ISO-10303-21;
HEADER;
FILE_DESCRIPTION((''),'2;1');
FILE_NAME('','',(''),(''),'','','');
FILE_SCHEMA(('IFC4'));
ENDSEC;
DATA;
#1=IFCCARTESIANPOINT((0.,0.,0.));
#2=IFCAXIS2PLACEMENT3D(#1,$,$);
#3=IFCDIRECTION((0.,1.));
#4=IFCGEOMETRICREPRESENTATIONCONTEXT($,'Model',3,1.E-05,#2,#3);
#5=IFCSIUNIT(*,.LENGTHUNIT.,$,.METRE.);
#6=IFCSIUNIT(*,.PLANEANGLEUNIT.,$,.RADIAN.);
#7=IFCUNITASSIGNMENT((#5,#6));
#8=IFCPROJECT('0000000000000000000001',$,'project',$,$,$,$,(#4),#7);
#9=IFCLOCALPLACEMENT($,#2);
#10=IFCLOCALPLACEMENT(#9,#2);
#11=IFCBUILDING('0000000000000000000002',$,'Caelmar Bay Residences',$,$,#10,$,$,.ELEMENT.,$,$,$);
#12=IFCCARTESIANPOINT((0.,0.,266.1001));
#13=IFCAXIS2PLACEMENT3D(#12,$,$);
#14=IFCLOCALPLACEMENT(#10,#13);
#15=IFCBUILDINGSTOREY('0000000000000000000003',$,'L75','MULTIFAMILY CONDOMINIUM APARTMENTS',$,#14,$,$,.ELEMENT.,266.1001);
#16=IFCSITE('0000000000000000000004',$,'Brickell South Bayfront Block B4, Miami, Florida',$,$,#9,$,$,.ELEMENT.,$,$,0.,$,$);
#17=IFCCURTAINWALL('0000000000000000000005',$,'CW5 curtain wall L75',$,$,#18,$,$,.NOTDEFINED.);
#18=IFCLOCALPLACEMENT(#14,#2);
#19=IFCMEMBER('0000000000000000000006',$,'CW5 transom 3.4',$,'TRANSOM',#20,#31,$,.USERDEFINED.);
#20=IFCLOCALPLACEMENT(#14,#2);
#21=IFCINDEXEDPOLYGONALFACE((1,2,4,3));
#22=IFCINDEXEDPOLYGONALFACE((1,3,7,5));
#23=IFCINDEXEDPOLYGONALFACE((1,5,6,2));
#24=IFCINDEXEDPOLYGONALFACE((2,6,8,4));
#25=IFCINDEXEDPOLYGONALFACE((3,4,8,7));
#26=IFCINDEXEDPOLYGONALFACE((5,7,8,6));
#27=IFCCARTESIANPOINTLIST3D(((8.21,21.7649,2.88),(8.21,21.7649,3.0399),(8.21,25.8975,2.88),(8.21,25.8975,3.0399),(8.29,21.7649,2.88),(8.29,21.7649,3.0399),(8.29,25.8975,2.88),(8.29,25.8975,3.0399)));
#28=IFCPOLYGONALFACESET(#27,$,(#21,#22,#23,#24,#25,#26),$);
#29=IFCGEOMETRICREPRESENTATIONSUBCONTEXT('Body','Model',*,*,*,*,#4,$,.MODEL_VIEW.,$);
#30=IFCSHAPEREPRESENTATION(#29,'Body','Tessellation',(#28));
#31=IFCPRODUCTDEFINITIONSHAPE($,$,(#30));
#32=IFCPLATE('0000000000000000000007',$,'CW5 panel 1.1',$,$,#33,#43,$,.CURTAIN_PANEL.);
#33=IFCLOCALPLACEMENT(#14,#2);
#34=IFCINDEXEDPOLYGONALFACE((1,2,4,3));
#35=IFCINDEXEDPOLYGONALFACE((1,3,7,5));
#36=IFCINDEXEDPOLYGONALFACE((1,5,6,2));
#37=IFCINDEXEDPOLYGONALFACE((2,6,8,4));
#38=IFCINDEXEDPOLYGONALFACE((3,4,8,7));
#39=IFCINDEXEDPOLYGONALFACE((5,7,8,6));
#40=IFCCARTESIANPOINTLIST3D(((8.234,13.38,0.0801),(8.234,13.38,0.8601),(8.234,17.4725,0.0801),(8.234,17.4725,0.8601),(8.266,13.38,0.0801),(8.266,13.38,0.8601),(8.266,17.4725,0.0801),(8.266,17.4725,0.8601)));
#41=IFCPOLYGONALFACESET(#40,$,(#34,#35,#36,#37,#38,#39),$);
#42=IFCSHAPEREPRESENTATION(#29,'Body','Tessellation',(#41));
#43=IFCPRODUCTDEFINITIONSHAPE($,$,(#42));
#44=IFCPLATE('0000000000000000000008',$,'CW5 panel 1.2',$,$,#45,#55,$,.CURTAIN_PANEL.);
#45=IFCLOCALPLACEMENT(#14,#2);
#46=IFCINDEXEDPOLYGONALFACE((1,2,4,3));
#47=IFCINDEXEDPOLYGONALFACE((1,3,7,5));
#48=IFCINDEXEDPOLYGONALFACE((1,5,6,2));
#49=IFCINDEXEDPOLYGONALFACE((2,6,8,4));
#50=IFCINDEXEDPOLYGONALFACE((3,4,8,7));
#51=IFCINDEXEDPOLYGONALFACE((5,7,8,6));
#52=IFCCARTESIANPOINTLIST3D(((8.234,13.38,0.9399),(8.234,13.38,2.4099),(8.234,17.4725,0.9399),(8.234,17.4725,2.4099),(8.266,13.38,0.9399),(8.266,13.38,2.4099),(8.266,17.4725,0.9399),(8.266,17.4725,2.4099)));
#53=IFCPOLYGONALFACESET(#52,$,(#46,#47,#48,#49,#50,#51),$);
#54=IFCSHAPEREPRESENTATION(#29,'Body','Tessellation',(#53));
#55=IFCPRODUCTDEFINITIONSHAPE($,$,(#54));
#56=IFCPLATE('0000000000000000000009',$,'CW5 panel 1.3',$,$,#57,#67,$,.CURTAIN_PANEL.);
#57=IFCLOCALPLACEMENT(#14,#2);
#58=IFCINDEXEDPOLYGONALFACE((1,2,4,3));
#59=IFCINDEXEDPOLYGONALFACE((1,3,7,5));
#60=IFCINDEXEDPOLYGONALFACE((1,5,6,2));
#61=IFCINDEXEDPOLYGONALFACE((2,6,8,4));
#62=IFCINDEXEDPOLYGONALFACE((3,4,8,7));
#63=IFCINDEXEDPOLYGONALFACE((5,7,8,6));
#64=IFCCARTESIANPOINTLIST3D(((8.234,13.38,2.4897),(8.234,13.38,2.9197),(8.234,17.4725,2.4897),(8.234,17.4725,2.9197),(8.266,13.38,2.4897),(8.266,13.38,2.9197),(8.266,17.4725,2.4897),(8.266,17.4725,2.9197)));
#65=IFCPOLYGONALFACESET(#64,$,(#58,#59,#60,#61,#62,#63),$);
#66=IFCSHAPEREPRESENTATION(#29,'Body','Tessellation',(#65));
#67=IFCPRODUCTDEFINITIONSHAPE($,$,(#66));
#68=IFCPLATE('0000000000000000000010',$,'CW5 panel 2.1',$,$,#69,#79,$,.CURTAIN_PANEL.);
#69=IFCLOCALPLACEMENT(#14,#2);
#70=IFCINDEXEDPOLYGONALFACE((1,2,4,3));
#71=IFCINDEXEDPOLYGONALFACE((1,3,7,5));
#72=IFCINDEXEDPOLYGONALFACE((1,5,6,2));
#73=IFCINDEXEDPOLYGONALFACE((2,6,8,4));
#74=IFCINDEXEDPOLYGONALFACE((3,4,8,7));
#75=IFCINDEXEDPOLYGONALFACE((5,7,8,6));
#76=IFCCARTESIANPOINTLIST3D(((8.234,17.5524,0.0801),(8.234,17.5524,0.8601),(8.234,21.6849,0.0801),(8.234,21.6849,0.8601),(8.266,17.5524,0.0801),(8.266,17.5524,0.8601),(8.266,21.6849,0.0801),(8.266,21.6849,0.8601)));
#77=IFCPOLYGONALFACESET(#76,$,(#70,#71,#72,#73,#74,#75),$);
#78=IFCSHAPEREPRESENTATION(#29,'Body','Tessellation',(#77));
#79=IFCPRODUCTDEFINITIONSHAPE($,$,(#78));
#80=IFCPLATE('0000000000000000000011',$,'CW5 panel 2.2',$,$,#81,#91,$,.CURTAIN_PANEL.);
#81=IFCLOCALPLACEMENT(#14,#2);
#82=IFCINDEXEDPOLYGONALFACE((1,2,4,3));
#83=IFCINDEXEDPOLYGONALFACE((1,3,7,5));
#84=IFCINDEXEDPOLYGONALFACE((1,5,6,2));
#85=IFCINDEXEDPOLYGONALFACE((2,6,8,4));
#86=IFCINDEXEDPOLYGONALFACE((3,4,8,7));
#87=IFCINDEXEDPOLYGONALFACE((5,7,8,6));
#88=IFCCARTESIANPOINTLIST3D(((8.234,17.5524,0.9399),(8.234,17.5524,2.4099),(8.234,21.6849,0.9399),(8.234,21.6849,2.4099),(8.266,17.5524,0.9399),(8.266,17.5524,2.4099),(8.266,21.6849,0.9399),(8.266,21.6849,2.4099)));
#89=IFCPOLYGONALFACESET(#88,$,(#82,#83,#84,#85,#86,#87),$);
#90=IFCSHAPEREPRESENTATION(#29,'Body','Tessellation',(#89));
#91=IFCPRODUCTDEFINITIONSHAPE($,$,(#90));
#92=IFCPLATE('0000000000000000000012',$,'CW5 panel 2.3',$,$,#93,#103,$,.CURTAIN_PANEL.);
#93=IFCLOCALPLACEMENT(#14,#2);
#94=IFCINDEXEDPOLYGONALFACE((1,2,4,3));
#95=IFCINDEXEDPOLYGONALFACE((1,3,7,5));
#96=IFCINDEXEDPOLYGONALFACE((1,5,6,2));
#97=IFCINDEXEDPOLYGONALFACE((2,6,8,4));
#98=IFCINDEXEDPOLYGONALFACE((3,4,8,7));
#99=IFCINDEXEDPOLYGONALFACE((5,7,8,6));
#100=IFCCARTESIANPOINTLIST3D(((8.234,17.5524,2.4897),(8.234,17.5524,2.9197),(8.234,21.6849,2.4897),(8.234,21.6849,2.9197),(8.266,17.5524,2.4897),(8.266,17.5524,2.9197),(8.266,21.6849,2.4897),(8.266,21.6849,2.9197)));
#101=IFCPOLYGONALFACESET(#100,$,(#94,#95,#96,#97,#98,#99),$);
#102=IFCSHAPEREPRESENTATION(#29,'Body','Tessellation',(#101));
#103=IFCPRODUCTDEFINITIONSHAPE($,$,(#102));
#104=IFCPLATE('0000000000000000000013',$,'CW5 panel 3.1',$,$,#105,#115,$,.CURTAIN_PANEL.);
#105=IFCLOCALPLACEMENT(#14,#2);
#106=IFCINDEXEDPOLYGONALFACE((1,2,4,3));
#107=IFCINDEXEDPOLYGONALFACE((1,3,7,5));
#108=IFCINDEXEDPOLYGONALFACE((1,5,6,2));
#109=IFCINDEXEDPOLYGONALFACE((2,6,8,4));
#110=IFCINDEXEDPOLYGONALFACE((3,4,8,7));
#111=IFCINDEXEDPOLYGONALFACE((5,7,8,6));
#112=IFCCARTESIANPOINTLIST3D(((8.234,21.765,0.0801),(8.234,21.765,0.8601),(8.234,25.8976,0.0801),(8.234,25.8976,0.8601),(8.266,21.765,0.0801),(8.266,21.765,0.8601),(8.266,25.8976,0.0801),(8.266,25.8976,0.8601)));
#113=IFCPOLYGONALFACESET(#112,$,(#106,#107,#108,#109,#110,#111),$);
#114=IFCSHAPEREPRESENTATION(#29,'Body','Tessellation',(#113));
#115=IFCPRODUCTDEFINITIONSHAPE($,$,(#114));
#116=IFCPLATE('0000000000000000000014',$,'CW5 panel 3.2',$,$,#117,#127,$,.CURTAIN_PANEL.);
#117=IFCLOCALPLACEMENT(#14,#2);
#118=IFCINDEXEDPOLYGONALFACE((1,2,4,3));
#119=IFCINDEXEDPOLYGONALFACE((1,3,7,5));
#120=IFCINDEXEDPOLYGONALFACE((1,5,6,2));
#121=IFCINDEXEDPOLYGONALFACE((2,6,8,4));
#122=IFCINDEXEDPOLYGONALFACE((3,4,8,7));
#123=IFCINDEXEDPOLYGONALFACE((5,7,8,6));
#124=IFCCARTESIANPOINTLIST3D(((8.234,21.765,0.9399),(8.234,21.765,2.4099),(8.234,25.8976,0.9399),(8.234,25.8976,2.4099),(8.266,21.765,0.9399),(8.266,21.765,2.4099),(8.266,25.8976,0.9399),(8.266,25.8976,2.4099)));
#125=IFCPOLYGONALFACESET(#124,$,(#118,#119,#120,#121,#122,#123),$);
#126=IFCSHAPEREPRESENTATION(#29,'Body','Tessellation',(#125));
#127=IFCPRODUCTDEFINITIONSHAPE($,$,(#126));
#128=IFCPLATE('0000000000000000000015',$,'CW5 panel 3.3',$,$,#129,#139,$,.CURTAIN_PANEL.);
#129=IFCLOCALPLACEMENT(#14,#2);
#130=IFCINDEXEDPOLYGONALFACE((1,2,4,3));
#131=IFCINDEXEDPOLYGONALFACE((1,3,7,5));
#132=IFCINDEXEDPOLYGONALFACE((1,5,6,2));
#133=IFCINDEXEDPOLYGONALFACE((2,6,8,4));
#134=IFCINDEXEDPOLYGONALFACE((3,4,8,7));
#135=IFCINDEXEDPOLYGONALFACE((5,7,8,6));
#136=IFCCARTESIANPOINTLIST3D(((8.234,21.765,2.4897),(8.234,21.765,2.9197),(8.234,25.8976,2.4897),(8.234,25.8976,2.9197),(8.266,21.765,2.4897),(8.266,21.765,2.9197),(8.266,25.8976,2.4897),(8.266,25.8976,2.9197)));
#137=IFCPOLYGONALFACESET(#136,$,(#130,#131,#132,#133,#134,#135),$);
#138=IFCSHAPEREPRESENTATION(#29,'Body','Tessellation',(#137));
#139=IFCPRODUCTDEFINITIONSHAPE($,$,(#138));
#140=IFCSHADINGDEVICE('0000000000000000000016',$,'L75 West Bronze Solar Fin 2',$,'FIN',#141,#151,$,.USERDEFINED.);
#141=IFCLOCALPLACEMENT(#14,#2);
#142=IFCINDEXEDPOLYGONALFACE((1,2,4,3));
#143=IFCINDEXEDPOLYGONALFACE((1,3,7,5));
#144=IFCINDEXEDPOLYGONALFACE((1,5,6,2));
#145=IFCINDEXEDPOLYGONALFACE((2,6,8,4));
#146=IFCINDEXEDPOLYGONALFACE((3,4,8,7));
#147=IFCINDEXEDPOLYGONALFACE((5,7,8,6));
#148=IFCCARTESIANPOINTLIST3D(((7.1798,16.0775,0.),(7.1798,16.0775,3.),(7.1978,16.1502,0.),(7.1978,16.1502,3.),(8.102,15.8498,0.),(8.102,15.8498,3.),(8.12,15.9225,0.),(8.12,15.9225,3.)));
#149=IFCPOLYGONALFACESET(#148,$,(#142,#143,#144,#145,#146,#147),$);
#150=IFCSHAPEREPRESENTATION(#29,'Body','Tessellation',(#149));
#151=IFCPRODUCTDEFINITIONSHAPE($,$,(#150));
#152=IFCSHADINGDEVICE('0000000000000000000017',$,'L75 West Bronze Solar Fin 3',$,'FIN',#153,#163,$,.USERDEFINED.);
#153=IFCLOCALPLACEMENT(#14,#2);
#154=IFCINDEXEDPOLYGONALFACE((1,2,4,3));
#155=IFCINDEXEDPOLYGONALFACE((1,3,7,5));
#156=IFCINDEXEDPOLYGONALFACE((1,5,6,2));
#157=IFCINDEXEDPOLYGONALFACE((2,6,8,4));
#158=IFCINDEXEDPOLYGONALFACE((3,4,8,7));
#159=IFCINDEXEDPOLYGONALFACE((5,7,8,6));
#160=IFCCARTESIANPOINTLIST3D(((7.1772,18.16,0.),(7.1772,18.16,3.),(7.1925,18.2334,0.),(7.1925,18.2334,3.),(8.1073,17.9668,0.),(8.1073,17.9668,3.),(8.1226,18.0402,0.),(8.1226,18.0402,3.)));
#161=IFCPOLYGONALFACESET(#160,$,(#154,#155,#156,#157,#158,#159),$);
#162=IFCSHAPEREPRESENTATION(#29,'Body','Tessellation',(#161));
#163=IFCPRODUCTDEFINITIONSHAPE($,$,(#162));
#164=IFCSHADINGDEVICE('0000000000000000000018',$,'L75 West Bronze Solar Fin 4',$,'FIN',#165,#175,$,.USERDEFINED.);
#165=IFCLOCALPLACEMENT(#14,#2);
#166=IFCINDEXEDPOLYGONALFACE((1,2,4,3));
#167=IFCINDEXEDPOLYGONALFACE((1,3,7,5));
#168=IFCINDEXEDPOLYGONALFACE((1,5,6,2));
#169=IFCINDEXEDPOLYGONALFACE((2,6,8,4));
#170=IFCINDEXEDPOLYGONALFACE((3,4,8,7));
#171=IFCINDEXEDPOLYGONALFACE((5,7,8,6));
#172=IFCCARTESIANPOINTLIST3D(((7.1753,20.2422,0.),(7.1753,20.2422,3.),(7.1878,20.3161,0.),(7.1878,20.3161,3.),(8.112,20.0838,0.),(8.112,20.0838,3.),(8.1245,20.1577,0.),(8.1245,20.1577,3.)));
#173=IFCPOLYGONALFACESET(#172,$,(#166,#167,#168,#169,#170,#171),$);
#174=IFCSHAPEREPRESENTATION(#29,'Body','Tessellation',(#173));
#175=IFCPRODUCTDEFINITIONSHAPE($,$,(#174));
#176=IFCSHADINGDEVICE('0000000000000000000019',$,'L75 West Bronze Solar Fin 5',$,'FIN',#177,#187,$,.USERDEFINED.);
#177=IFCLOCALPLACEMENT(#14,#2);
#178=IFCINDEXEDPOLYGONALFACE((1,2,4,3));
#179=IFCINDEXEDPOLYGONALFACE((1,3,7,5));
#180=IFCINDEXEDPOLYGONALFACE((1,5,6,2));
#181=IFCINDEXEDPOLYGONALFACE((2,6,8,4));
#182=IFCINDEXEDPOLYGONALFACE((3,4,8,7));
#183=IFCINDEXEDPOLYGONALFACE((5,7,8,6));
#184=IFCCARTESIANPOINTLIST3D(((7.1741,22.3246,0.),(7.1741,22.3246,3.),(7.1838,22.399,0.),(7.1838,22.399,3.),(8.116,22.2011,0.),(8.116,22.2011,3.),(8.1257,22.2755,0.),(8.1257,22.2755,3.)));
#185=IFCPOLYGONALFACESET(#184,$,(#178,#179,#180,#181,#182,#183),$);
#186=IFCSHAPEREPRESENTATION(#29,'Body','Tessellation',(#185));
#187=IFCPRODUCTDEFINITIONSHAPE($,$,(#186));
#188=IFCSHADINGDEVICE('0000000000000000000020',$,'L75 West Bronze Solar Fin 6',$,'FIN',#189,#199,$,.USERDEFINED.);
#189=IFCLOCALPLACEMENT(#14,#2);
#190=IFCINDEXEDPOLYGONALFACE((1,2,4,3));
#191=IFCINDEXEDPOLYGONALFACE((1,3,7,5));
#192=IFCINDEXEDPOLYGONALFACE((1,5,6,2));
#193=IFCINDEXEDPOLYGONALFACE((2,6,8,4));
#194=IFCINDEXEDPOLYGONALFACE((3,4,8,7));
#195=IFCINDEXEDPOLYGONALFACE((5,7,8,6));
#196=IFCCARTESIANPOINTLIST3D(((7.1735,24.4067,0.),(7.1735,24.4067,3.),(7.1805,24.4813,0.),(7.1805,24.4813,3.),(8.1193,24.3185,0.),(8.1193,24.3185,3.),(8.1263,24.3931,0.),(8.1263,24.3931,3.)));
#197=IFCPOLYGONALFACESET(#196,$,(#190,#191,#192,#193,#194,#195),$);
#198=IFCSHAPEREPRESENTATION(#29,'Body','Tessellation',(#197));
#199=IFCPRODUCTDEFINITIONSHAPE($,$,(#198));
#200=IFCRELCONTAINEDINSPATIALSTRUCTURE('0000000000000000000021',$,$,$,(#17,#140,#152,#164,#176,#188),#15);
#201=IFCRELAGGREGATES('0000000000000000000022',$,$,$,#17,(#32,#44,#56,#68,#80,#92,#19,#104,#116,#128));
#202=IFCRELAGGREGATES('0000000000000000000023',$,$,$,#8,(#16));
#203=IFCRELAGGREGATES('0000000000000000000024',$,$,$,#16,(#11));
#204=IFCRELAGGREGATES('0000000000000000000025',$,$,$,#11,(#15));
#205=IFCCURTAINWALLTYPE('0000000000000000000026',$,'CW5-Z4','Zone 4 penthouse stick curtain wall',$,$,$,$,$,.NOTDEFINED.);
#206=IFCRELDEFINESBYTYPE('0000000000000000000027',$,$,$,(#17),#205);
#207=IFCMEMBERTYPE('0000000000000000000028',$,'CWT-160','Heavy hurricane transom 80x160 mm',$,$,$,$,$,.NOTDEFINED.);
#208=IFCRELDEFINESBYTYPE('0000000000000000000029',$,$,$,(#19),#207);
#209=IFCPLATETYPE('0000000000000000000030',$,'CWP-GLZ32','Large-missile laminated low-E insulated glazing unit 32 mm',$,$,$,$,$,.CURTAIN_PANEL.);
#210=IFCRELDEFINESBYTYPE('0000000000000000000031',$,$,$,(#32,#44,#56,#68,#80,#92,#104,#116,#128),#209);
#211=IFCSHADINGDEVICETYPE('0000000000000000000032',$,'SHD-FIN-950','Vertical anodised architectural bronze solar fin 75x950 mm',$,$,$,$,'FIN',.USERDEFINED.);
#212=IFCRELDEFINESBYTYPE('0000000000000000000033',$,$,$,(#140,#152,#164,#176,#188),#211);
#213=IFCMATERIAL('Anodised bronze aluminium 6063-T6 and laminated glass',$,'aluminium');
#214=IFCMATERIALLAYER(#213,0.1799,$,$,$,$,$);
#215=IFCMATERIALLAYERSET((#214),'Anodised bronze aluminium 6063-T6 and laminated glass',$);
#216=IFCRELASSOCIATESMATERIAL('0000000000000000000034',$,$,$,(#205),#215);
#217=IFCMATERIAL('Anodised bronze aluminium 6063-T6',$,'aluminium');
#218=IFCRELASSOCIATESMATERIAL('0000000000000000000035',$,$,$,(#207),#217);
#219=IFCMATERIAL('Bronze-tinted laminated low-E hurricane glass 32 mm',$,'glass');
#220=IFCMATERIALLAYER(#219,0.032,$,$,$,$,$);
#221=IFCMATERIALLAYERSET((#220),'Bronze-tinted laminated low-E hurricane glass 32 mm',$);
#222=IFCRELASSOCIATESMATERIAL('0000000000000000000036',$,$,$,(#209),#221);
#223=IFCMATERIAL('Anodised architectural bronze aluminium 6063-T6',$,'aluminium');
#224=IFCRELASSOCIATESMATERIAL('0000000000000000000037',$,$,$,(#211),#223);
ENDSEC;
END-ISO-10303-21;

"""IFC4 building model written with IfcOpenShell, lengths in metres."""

from ifc_helpers import new_model, si_unit, direction, frame, origin, origin_2d, place, context, subcontext, project, spatial, rectangle, extrude, material, layer, layer_set, material_profile, profile_set, type_object, element, aggregate, save


model = new_model("IFC4")

# Units and contexts
model_context = context("Model", 3, precision=1e-05, world=origin(), true_north=direction((0.0, 1.0)))
body_context = subcontext(model_context, "Body", "Model", "MODEL_VIEW")
ifc_project = project(units=[si_unit("LENGTHUNIT", "METRE"), si_unit("PLANEANGLEUNIT", "RADIAN")], contexts=[model_context])

# Site, building, storey
site_placement = place(None, origin())
site = spatial("IfcSite", under=ifc_project, at=site_placement, Name="Brickell South Bayfront Block B4, Miami, Florida", CompositionType="ELEMENT", RefElevation=0.0)
building_placement = place(site_placement, origin())
building = spatial("IfcBuilding", under=site, at=building_placement, Name="Caelmar Bay Residences", CompositionType="ELEMENT")
storey_placement = place(building_placement, frame((0.0, 0.0, 266.1001)))
storey = spatial("IfcBuildingStorey", under=building, at=storey_placement, Name="L75", Description="MULTIFAMILY CONDOMINIUM APARTMENTS", CompositionType="ELEMENT", Elevation=266.1001)

# Curtain wall, member, plates
ifc_material_1 = material(Name="Anodised bronze aluminium 6063-T6 and laminated glass", Category="aluminium")
ifc_layer_1 = layer(ifc_material_1, 0.1799)
ifc_layer_set_1 = layer_set([ifc_layer_1], Name="Anodised bronze aluminium 6063-T6 and laminated glass")
curtain_wall_type = type_object("IfcCurtainWallType", Name="CW5-Z4", Description="Zone 4 penthouse stick curtain wall", PredefinedType="NOTDEFINED", material=ifc_layer_set_1)
curtain_wall_placement = place(storey_placement, origin())
curtain_wall = element("IfcCurtainWall", 1, at=curtain_wall_placement, inside=storey, type_object=curtain_wall_type, Name="CW5 curtain wall L75", PredefinedType="NOTDEFINED")
ifc_material_2 = material(Name="Anodised bronze aluminium 6063-T6", Category="aluminium")
ifc_material_profile_1 = material_profile(ifc_material_2, rectangle(XDim=0.0801, YDim=0.1599, at=origin_2d()), Name="CWT-80X160")
ifc_profile_set_1 = profile_set([ifc_material_profile_1], Name="Anodised bronze aluminium 6063-T6")
member_type_1 = type_object("IfcMemberType", Name="CWT-160", Description="Heavy hurricane transom 80x160 mm", PredefinedType="NOTDEFINED", material=ifc_profile_set_1)
member_1_placement = place(storey_placement, frame((8.25, 21.7649, 2.96), z_axis=(0.0, 1.0, 0.0), x_axis=(-1.0, 0.0, 0.0)))
member_1 = element("IfcMember", 2, at=member_1_placement, type_object=member_type_1, Name="CW5 transom 3.4", ObjectType="TRANSOM", PredefinedType="USERDEFINED", context=body_context, shape_type="SweptSolid", body=[
    extrude(rectangle(XDim=0.0801, YDim=0.1599, at=origin_2d()), origin(), (0.0, 0.0, 1.0), 4.1326),
])
ifc_material_3 = material(Name="Bronze-tinted laminated low-E hurricane glass 32 mm", Category="glass")
ifc_layer_2 = layer(ifc_material_3, 0.032)
ifc_layer_set_2 = layer_set([ifc_layer_2], Name="Bronze-tinted laminated low-E hurricane glass 32 mm")
plate_type = type_object("IfcPlateType", Name="CWP-GLZ32", Description="Large-missile laminated low-E insulated glazing unit 32 mm", PredefinedType="CURTAIN_PANEL", material=ifc_layer_set_2)
plate_1_placement = place(storey_placement, frame((8.25, 15.4263, 0.0801), z_axis=(0.0, 0.0, 1.0), x_axis=(0.0, 1.0, 0.0)))
plate_1 = element("IfcPlate", 3, at=plate_1_placement, type_object=plate_type, Name="CW5 panel 1.1", PredefinedType="CURTAIN_PANEL", context=body_context, shape_type="SweptSolid", body=[
    extrude(rectangle(XDim=4.0925, YDim=0.032, at=origin_2d()), origin(), (0.0, 0.0, 1.0), 0.78),
])
plate_2_placement = place(storey_placement, frame((8.25, 15.4263, 0.9399), z_axis=(0.0, 0.0, 1.0), x_axis=(0.0, 1.0, 0.0)))
plate_2 = element("IfcPlate", 4, at=plate_2_placement, type_object=plate_type, Name="CW5 panel 1.2", PredefinedType="CURTAIN_PANEL", context=body_context, shape_type="SweptSolid", body=[
    extrude(rectangle(XDim=4.0925, YDim=0.032, at=origin_2d()), origin(), (0.0, 0.0, 1.0), 1.47),
])
plate_3_placement = place(storey_placement, frame((8.25, 15.4263, 2.4897), z_axis=(0.0, 0.0, 1.0), x_axis=(0.0, 1.0, 0.0)))
plate_3 = element("IfcPlate", 5, at=plate_3_placement, type_object=plate_type, Name="CW5 panel 1.3", PredefinedType="CURTAIN_PANEL", context=body_context, shape_type="SweptSolid", body=[
    extrude(rectangle(XDim=4.0925, YDim=0.032, at=origin_2d()), origin(), (0.0, 0.0, 1.0), 0.4299),
])
plate_4_placement = place(storey_placement, frame((8.25, 19.6187, 0.0801), z_axis=(0.0, 0.0, 1.0), x_axis=(0.0, 1.0, 0.0)))
plate_4 = element("IfcPlate", 6, at=plate_4_placement, type_object=plate_type, Name="CW5 panel 2.1", PredefinedType="CURTAIN_PANEL", context=body_context, shape_type="SweptSolid", body=[
    extrude(rectangle(XDim=4.1326, YDim=0.032, at=origin_2d()), origin(), (0.0, 0.0, 1.0), 0.78),
])
plate_5_placement = place(storey_placement, frame((8.25, 19.6187, 0.9399), z_axis=(0.0, 0.0, 1.0), x_axis=(0.0, 1.0, 0.0)))
plate_5 = element("IfcPlate", 7, at=plate_5_placement, type_object=plate_type, Name="CW5 panel 2.2", PredefinedType="CURTAIN_PANEL", context=body_context, shape_type="SweptSolid", body=[
    extrude(rectangle(XDim=4.1326, YDim=0.032, at=origin_2d()), origin(), (0.0, 0.0, 1.0), 1.47),
])
plate_6_placement = place(storey_placement, frame((8.25, 19.6187, 2.4897), z_axis=(0.0, 0.0, 1.0), x_axis=(0.0, 1.0, 0.0)))
plate_6 = element("IfcPlate", 8, at=plate_6_placement, type_object=plate_type, Name="CW5 panel 2.3", PredefinedType="CURTAIN_PANEL", context=body_context, shape_type="SweptSolid", body=[
    extrude(rectangle(XDim=4.1326, YDim=0.032, at=origin_2d()), origin(), (0.0, 0.0, 1.0), 0.4299),
])
plate_7_placement = place(storey_placement, frame((8.25, 23.8313, 0.0801), z_axis=(0.0, 0.0, 1.0), x_axis=(0.0, 1.0, 0.0)))
plate_7 = element("IfcPlate", 9, at=plate_7_placement, type_object=plate_type, Name="CW5 panel 3.1", PredefinedType="CURTAIN_PANEL", context=body_context, shape_type="SweptSolid", body=[
    extrude(rectangle(XDim=4.1326, YDim=0.032, at=origin_2d()), origin(), (0.0, 0.0, 1.0), 0.78),
])
plate_8_placement = place(storey_placement, frame((8.25, 23.8313, 0.9399), z_axis=(0.0, 0.0, 1.0), x_axis=(0.0, 1.0, 0.0)))
plate_8 = element("IfcPlate", 10, at=plate_8_placement, type_object=plate_type, Name="CW5 panel 3.2", PredefinedType="CURTAIN_PANEL", context=body_context, shape_type="SweptSolid", body=[
    extrude(rectangle(XDim=4.1326, YDim=0.032, at=origin_2d()), origin(), (0.0, 0.0, 1.0), 1.47),
])
plate_9_placement = place(storey_placement, frame((8.25, 23.8313, 2.4897), z_axis=(0.0, 0.0, 1.0), x_axis=(0.0, 1.0, 0.0)))
plate_9 = element("IfcPlate", 11, at=plate_9_placement, type_object=plate_type, Name="CW5 panel 3.3", PredefinedType="CURTAIN_PANEL", context=body_context, shape_type="SweptSolid", body=[
    extrude(rectangle(XDim=4.1326, YDim=0.032, at=origin_2d()), origin(), (0.0, 0.0, 1.0), 0.4299),
])
aggregate(curtain_wall, [plate_1, plate_2, plate_3, plate_4, plate_5, plate_6, member_1, plate_7, plate_8, plate_9])

# Shading devices
ifc_material_4 = material(Name="Anodised architectural bronze aluminium 6063-T6", Category="aluminium")
ifc_material_profile_2 = material_profile(ifc_material_4, rectangle(XDim=0.075, YDim=0.95, at=origin_2d()), Name="BRONZE-FIN-75X950")
ifc_profile_set_2 = profile_set([ifc_material_profile_2], Name="Anodised architectural bronze aluminium 6063-T6")
shading_device_type = type_object("IfcShadingDeviceType", Name="SHD-FIN-950", Description="Vertical anodised architectural bronze solar fin 75x950 mm", ElementType="FIN", PredefinedType="USERDEFINED", material=ifc_profile_set_2)
for number, where, z_axis, x_axis, name in (
    (12, (7.6499, 16.0, 0.0), (0.0, 0.0, 1.0), (0.23972, 0.970842, 0.0), "L75 West Bronze Solar Fin 2"),
    (13, (7.6499, 18.1001, 0.0), (0.0, 0.0, 1.0), (0.2033, 0.979116, 0.0), "L75 West Bronze Solar Fin 3"),
    (14, (7.6499, 20.2, 0.0), (0.0, 0.0, 1.0), (0.166769, 0.985996, 0.0), "L75 West Bronze Solar Fin 4"),
    (15, (7.6499, 22.3, 0.0), (0.0, 0.0, 1.0), (0.130007, 0.991513, 0.0), "L75 West Bronze Solar Fin 5"),
    (16, (7.6499, 24.3999, 0.0), (0.0, 0.0, 1.0), (0.092892, 0.995676, 0.0), "L75 West Bronze Solar Fin 6"),
):
    element("IfcShadingDevice", number, at=place(storey_placement, frame(where, z_axis=z_axis, x_axis=x_axis)), inside=storey, type_object=shading_device_type, Name=name, ObjectType="FIN", PredefinedType="USERDEFINED", context=body_context, shape_type="SweptSolid", body=[
        extrude(rectangle(XDim=0.075, YDim=0.95, at=origin_2d()), origin(), (0.0, 0.0, 1.0), 3.0),
    ])

save(model, "model.ifc")
